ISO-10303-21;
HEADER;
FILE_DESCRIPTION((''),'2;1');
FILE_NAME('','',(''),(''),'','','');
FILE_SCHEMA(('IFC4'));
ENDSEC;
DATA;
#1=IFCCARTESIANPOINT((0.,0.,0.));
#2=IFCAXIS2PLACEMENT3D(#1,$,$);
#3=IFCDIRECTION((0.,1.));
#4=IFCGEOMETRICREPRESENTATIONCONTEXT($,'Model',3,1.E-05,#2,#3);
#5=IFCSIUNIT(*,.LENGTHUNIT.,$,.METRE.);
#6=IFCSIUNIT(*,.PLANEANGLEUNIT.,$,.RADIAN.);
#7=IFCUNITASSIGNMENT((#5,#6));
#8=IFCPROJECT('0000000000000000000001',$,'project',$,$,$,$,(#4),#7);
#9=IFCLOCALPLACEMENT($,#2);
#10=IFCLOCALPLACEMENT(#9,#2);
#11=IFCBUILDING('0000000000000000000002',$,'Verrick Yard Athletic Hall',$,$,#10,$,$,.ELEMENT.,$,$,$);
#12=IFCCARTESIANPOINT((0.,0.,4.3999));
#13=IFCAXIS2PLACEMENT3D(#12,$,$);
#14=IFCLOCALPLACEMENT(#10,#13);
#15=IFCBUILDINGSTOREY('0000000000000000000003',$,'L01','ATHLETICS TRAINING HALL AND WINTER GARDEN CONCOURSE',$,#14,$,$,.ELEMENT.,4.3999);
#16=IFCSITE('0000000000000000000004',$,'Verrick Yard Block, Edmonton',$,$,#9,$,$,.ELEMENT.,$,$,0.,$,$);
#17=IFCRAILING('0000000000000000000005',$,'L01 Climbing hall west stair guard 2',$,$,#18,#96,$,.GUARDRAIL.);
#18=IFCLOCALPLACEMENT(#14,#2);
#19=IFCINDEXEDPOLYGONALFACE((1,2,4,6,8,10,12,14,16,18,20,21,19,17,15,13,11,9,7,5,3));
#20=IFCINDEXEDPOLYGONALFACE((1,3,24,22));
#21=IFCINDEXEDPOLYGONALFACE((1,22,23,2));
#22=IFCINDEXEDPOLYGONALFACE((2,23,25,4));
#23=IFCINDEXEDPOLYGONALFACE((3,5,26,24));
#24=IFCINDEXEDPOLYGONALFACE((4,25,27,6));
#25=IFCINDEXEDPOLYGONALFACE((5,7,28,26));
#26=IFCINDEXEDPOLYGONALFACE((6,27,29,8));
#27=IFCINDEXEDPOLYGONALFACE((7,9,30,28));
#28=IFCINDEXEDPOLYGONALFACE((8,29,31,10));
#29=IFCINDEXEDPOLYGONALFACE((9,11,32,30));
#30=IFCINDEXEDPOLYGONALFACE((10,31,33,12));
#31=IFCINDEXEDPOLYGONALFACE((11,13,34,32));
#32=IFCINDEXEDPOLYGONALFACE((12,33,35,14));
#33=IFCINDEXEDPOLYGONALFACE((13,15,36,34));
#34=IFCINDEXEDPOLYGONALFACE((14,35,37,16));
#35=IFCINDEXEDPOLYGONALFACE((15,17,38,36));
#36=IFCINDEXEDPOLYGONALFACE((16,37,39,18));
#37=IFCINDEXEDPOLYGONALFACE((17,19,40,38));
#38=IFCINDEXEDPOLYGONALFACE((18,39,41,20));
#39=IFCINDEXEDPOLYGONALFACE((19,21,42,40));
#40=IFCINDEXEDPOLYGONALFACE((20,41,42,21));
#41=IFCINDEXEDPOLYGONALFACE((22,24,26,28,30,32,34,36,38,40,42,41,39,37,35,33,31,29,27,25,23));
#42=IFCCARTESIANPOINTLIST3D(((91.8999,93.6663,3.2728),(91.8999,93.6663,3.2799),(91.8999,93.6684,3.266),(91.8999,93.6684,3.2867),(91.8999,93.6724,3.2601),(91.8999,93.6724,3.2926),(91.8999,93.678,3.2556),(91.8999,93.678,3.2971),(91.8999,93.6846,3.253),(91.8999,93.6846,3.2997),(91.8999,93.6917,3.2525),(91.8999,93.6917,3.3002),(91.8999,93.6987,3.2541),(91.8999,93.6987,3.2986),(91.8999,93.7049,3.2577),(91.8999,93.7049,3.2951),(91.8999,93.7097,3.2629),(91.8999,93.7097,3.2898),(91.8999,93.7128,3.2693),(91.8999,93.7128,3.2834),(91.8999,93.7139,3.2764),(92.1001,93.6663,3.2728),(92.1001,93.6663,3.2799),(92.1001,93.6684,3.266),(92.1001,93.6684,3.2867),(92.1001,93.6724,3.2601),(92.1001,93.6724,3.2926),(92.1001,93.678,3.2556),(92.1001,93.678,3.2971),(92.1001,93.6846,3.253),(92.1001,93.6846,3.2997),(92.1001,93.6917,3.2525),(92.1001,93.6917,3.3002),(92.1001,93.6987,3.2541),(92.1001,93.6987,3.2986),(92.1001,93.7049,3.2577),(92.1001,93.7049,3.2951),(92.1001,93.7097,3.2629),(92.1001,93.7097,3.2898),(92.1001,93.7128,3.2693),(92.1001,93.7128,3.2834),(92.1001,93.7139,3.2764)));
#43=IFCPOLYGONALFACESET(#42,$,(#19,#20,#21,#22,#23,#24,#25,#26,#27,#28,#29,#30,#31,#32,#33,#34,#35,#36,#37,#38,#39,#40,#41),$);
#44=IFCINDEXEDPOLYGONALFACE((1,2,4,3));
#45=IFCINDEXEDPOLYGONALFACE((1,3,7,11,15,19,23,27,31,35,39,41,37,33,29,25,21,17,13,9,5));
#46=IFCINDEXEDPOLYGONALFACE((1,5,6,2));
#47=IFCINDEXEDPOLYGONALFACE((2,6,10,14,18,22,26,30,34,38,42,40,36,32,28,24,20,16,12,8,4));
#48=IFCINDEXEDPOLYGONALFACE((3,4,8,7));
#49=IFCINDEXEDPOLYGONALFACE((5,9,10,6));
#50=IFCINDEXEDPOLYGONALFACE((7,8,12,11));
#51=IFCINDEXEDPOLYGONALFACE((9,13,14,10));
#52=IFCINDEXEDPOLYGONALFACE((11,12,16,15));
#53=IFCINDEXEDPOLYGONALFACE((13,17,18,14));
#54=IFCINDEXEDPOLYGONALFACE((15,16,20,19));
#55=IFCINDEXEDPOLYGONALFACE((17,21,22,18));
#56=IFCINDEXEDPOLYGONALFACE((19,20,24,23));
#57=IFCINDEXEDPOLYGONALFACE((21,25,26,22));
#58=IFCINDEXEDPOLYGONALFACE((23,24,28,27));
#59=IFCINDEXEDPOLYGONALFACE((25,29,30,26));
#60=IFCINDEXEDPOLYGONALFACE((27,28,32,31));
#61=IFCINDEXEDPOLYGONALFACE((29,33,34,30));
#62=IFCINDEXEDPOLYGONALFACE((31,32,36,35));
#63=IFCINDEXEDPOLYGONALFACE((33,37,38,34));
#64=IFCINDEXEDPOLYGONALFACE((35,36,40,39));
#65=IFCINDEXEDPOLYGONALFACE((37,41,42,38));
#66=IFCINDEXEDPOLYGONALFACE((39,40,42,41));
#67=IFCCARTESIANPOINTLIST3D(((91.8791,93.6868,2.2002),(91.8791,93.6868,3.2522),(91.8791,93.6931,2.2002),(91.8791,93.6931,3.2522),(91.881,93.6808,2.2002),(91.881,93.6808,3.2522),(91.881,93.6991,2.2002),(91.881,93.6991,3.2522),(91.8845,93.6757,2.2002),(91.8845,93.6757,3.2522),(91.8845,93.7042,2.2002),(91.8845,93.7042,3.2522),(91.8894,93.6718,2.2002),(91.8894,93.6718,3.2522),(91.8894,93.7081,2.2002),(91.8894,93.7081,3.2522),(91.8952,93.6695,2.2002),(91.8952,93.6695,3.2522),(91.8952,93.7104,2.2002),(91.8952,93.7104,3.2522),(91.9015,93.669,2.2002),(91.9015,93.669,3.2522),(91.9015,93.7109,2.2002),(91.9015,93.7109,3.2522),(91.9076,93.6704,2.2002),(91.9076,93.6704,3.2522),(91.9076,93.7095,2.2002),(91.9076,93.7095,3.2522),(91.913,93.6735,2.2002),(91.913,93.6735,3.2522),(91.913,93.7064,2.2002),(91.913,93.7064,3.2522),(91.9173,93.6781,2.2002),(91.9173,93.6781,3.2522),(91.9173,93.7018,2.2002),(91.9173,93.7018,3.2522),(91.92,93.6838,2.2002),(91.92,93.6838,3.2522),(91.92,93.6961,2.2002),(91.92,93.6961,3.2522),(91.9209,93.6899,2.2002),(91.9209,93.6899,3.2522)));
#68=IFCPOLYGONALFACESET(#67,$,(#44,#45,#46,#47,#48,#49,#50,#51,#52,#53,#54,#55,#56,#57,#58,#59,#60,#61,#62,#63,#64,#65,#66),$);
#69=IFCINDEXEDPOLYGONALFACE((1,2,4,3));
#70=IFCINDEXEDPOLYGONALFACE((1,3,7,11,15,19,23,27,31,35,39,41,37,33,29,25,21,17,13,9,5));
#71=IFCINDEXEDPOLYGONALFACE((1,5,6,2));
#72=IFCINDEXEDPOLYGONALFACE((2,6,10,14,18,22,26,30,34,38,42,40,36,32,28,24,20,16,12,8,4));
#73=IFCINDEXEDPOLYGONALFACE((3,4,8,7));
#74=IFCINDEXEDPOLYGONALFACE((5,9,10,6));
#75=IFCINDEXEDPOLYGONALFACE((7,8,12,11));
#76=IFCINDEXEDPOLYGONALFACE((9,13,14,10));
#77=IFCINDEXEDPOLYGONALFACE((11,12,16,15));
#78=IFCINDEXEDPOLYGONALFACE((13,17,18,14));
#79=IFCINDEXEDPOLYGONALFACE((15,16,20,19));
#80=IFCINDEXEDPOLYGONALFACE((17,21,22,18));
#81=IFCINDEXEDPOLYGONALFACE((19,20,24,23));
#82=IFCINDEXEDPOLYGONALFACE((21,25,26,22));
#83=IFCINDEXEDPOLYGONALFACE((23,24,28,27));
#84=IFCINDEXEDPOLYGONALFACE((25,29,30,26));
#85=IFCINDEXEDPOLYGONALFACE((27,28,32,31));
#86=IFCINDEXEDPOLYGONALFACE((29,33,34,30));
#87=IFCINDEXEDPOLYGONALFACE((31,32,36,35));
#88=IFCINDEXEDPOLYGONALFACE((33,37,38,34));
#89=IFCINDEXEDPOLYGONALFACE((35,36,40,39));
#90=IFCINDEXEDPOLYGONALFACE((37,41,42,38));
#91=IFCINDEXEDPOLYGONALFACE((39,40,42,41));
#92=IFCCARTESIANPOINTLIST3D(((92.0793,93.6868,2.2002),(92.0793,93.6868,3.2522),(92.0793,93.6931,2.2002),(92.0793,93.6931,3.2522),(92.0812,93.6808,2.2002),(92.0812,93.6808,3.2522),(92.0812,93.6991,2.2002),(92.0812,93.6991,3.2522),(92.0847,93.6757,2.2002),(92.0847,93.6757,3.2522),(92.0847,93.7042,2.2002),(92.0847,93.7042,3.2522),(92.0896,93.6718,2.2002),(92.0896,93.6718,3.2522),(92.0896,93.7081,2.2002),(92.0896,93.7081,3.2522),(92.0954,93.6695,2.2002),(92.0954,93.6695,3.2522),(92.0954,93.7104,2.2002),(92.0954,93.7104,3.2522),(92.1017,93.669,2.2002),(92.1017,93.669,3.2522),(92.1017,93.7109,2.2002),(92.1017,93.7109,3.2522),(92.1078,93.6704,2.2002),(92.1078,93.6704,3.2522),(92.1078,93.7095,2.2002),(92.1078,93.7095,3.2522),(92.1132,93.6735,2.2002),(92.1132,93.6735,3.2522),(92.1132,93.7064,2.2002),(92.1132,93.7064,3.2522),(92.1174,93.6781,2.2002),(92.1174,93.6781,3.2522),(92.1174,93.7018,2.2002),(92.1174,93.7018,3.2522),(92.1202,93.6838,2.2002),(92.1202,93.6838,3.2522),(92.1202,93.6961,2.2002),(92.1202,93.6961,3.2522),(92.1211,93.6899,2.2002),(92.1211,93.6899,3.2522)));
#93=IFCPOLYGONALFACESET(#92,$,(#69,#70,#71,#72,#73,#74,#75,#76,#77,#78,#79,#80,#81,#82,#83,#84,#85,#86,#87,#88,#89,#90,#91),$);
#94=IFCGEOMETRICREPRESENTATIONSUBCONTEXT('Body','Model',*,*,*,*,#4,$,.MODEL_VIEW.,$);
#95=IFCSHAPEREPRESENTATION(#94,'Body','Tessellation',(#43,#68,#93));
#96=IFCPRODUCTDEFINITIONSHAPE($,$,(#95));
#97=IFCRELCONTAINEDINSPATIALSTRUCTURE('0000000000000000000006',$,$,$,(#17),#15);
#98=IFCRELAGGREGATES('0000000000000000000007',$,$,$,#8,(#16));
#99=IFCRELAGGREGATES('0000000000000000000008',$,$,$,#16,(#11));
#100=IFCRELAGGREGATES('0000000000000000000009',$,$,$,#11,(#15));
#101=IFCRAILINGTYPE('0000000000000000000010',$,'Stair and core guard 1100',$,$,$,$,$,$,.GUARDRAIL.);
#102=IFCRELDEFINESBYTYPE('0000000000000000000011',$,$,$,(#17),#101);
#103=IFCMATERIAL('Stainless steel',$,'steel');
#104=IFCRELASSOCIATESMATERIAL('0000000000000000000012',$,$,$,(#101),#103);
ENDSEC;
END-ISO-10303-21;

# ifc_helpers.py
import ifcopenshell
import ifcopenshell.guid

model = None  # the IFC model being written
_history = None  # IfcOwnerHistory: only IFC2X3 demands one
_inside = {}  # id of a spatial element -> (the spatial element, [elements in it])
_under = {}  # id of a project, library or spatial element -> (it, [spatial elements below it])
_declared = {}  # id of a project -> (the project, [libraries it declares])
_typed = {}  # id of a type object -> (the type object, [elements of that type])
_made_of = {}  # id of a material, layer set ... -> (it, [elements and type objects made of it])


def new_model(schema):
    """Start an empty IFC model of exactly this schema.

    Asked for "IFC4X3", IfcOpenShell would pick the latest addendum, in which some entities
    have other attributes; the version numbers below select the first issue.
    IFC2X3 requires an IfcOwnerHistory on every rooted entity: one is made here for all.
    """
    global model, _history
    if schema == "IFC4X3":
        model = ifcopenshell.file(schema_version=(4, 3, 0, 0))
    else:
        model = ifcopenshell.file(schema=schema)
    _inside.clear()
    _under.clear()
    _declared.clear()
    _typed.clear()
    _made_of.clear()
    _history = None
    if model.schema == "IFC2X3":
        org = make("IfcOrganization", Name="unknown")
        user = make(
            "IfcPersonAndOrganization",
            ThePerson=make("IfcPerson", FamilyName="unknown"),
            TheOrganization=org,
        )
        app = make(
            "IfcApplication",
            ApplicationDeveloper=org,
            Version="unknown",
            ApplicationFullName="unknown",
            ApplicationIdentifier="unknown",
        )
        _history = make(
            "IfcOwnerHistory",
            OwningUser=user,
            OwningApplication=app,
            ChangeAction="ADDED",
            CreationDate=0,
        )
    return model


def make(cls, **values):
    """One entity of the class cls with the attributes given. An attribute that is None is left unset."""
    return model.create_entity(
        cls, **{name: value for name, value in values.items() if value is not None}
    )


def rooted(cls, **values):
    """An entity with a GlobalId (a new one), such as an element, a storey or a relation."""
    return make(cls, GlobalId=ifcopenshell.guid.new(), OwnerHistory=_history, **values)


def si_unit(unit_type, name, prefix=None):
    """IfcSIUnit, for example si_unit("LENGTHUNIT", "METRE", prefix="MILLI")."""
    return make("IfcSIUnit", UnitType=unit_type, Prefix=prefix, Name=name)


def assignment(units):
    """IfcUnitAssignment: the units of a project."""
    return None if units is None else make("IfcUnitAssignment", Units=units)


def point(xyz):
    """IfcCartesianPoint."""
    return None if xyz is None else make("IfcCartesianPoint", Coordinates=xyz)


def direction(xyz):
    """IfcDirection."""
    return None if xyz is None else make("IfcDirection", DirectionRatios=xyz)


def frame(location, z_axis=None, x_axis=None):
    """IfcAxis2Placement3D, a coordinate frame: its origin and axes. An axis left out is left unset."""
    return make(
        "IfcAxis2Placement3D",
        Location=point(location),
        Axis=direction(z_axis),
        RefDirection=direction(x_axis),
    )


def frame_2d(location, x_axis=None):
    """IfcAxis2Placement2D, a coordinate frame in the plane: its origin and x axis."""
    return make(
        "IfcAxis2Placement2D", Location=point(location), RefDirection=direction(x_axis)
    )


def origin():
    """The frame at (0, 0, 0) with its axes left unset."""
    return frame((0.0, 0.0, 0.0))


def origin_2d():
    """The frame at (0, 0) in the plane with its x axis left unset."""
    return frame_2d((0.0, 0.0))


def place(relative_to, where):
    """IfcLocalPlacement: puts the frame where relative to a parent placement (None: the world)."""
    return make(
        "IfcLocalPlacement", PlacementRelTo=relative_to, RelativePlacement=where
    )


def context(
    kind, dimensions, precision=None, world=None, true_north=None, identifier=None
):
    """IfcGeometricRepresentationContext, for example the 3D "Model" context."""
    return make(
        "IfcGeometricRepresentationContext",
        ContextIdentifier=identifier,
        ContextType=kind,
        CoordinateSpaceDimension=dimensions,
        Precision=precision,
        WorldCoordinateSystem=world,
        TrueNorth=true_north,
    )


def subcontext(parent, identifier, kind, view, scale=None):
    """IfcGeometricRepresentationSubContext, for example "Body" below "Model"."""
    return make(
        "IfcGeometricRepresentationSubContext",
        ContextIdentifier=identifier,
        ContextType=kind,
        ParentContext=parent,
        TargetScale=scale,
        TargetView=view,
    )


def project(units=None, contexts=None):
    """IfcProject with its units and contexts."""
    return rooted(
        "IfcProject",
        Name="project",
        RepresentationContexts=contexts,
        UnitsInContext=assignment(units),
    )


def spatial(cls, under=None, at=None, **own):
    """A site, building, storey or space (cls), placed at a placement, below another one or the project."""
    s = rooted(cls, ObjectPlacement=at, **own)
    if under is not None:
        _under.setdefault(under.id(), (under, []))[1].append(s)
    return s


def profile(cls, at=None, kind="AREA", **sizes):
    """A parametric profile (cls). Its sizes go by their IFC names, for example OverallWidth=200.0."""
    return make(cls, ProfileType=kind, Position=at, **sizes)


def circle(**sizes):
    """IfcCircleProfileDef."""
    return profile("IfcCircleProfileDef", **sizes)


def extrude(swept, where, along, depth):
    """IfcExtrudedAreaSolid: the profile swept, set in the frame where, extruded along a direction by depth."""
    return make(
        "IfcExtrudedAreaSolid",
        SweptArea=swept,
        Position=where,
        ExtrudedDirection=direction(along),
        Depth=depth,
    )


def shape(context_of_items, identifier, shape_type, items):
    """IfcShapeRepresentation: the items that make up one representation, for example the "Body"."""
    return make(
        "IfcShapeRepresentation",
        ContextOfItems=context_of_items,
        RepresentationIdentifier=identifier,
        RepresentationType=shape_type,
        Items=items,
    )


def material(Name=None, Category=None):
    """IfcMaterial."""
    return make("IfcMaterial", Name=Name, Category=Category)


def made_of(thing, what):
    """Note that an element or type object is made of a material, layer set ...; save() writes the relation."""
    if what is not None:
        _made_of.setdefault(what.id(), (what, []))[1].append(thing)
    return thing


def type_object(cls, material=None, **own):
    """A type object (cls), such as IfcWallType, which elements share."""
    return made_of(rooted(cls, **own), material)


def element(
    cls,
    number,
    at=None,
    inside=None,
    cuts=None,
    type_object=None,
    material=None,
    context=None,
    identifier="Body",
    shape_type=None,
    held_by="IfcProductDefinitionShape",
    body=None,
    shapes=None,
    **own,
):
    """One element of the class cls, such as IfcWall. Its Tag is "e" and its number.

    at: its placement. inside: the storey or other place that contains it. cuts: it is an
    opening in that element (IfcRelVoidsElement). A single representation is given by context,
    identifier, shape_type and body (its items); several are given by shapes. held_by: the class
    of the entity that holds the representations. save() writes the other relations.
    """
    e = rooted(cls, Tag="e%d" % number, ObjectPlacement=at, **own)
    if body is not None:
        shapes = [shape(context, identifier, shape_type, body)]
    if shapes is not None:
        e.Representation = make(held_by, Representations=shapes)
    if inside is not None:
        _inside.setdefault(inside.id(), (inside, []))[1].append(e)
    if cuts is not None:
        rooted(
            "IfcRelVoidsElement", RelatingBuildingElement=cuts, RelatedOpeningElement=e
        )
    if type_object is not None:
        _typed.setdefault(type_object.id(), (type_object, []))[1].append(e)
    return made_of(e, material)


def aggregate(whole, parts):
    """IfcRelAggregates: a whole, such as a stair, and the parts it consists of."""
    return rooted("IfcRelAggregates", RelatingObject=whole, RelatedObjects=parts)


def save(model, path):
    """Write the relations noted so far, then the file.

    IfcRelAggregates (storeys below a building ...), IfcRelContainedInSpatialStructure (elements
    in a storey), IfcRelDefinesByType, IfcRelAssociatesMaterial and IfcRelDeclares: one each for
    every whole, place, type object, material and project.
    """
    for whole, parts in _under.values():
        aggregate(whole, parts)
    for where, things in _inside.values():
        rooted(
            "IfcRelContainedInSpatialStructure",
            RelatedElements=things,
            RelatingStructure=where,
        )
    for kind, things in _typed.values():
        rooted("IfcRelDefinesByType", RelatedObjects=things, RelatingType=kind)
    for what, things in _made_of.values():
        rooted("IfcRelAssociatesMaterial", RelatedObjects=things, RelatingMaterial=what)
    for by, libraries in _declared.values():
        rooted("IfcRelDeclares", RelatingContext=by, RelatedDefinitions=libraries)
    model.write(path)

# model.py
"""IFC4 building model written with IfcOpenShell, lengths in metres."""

from ifc_helpers import new_model, si_unit, direction, frame, origin, origin_2d, place, context, subcontext, project, spatial, circle, extrude, material, type_object, element, save


model = new_model("IFC4")

# Units and contexts
model_context = context("Model", 3, precision=1e-05, world=origin(), true_north=direction((0.0, 1.0)))
body_context = subcontext(model_context, "Body", "Model", "MODEL_VIEW")
ifc_project = project(units=[si_unit("LENGTHUNIT", "METRE"), si_unit("PLANEANGLEUNIT", "RADIAN")], contexts=[model_context])

# Site, building, storey
site_placement = place(None, origin())
site = spatial("IfcSite", under=ifc_project, at=site_placement, Name="Verrick Yard Block, Edmonton", CompositionType="ELEMENT", RefElevation=0.0)
building_placement = place(site_placement, origin())
building = spatial("IfcBuilding", under=site, at=building_placement, Name="Verrick Yard Athletic Hall", CompositionType="ELEMENT")
storey_placement = place(building_placement, frame((0.0, 0.0, 4.3999)))
storey = spatial("IfcBuildingStorey", under=building, at=storey_placement, Name="L01", Description="ATHLETICS TRAINING HALL AND WINTER GARDEN CONCOURSE", CompositionType="ELEMENT", Elevation=4.3999)

# Railing
ifc_material_1 = material(Name="Stainless steel", Category="steel")
railing_type_1 = type_object("IfcRailingType", Name="Stair and core guard 1100", PredefinedType="GUARDRAIL", material=ifc_material_1)
railing_1_placement = place(storey_placement, frame((91.8999, 93.6899, 2.2002)))
element("IfcRailing", 1, at=railing_1_placement, inside=storey, type_object=railing_type_1, Name="L01 Climbing hall west stair guard 2", PredefinedType="GUARDRAIL", context=body_context, shape_type="SweptSolid", body=[
    extrude(circle(Radius=0.0239, at=origin_2d()), frame((0.0, 0.0, 1.0762), z_axis=(1.0, 0.0, 0.0), x_axis=(0.0, 1.0, 0.0)), (0.0, 0.0, 1.0), 0.2002),
    extrude(circle(Radius=0.021, at=origin_2d()), origin(), (0.0, 0.0, 1.0), 1.052),
    extrude(circle(Radius=0.021, at=origin_2d()), frame((0.2002, 0.0, 0.0)), (0.0, 0.0, 1.0), 1.052),
])

save(model, "model.ifc")
